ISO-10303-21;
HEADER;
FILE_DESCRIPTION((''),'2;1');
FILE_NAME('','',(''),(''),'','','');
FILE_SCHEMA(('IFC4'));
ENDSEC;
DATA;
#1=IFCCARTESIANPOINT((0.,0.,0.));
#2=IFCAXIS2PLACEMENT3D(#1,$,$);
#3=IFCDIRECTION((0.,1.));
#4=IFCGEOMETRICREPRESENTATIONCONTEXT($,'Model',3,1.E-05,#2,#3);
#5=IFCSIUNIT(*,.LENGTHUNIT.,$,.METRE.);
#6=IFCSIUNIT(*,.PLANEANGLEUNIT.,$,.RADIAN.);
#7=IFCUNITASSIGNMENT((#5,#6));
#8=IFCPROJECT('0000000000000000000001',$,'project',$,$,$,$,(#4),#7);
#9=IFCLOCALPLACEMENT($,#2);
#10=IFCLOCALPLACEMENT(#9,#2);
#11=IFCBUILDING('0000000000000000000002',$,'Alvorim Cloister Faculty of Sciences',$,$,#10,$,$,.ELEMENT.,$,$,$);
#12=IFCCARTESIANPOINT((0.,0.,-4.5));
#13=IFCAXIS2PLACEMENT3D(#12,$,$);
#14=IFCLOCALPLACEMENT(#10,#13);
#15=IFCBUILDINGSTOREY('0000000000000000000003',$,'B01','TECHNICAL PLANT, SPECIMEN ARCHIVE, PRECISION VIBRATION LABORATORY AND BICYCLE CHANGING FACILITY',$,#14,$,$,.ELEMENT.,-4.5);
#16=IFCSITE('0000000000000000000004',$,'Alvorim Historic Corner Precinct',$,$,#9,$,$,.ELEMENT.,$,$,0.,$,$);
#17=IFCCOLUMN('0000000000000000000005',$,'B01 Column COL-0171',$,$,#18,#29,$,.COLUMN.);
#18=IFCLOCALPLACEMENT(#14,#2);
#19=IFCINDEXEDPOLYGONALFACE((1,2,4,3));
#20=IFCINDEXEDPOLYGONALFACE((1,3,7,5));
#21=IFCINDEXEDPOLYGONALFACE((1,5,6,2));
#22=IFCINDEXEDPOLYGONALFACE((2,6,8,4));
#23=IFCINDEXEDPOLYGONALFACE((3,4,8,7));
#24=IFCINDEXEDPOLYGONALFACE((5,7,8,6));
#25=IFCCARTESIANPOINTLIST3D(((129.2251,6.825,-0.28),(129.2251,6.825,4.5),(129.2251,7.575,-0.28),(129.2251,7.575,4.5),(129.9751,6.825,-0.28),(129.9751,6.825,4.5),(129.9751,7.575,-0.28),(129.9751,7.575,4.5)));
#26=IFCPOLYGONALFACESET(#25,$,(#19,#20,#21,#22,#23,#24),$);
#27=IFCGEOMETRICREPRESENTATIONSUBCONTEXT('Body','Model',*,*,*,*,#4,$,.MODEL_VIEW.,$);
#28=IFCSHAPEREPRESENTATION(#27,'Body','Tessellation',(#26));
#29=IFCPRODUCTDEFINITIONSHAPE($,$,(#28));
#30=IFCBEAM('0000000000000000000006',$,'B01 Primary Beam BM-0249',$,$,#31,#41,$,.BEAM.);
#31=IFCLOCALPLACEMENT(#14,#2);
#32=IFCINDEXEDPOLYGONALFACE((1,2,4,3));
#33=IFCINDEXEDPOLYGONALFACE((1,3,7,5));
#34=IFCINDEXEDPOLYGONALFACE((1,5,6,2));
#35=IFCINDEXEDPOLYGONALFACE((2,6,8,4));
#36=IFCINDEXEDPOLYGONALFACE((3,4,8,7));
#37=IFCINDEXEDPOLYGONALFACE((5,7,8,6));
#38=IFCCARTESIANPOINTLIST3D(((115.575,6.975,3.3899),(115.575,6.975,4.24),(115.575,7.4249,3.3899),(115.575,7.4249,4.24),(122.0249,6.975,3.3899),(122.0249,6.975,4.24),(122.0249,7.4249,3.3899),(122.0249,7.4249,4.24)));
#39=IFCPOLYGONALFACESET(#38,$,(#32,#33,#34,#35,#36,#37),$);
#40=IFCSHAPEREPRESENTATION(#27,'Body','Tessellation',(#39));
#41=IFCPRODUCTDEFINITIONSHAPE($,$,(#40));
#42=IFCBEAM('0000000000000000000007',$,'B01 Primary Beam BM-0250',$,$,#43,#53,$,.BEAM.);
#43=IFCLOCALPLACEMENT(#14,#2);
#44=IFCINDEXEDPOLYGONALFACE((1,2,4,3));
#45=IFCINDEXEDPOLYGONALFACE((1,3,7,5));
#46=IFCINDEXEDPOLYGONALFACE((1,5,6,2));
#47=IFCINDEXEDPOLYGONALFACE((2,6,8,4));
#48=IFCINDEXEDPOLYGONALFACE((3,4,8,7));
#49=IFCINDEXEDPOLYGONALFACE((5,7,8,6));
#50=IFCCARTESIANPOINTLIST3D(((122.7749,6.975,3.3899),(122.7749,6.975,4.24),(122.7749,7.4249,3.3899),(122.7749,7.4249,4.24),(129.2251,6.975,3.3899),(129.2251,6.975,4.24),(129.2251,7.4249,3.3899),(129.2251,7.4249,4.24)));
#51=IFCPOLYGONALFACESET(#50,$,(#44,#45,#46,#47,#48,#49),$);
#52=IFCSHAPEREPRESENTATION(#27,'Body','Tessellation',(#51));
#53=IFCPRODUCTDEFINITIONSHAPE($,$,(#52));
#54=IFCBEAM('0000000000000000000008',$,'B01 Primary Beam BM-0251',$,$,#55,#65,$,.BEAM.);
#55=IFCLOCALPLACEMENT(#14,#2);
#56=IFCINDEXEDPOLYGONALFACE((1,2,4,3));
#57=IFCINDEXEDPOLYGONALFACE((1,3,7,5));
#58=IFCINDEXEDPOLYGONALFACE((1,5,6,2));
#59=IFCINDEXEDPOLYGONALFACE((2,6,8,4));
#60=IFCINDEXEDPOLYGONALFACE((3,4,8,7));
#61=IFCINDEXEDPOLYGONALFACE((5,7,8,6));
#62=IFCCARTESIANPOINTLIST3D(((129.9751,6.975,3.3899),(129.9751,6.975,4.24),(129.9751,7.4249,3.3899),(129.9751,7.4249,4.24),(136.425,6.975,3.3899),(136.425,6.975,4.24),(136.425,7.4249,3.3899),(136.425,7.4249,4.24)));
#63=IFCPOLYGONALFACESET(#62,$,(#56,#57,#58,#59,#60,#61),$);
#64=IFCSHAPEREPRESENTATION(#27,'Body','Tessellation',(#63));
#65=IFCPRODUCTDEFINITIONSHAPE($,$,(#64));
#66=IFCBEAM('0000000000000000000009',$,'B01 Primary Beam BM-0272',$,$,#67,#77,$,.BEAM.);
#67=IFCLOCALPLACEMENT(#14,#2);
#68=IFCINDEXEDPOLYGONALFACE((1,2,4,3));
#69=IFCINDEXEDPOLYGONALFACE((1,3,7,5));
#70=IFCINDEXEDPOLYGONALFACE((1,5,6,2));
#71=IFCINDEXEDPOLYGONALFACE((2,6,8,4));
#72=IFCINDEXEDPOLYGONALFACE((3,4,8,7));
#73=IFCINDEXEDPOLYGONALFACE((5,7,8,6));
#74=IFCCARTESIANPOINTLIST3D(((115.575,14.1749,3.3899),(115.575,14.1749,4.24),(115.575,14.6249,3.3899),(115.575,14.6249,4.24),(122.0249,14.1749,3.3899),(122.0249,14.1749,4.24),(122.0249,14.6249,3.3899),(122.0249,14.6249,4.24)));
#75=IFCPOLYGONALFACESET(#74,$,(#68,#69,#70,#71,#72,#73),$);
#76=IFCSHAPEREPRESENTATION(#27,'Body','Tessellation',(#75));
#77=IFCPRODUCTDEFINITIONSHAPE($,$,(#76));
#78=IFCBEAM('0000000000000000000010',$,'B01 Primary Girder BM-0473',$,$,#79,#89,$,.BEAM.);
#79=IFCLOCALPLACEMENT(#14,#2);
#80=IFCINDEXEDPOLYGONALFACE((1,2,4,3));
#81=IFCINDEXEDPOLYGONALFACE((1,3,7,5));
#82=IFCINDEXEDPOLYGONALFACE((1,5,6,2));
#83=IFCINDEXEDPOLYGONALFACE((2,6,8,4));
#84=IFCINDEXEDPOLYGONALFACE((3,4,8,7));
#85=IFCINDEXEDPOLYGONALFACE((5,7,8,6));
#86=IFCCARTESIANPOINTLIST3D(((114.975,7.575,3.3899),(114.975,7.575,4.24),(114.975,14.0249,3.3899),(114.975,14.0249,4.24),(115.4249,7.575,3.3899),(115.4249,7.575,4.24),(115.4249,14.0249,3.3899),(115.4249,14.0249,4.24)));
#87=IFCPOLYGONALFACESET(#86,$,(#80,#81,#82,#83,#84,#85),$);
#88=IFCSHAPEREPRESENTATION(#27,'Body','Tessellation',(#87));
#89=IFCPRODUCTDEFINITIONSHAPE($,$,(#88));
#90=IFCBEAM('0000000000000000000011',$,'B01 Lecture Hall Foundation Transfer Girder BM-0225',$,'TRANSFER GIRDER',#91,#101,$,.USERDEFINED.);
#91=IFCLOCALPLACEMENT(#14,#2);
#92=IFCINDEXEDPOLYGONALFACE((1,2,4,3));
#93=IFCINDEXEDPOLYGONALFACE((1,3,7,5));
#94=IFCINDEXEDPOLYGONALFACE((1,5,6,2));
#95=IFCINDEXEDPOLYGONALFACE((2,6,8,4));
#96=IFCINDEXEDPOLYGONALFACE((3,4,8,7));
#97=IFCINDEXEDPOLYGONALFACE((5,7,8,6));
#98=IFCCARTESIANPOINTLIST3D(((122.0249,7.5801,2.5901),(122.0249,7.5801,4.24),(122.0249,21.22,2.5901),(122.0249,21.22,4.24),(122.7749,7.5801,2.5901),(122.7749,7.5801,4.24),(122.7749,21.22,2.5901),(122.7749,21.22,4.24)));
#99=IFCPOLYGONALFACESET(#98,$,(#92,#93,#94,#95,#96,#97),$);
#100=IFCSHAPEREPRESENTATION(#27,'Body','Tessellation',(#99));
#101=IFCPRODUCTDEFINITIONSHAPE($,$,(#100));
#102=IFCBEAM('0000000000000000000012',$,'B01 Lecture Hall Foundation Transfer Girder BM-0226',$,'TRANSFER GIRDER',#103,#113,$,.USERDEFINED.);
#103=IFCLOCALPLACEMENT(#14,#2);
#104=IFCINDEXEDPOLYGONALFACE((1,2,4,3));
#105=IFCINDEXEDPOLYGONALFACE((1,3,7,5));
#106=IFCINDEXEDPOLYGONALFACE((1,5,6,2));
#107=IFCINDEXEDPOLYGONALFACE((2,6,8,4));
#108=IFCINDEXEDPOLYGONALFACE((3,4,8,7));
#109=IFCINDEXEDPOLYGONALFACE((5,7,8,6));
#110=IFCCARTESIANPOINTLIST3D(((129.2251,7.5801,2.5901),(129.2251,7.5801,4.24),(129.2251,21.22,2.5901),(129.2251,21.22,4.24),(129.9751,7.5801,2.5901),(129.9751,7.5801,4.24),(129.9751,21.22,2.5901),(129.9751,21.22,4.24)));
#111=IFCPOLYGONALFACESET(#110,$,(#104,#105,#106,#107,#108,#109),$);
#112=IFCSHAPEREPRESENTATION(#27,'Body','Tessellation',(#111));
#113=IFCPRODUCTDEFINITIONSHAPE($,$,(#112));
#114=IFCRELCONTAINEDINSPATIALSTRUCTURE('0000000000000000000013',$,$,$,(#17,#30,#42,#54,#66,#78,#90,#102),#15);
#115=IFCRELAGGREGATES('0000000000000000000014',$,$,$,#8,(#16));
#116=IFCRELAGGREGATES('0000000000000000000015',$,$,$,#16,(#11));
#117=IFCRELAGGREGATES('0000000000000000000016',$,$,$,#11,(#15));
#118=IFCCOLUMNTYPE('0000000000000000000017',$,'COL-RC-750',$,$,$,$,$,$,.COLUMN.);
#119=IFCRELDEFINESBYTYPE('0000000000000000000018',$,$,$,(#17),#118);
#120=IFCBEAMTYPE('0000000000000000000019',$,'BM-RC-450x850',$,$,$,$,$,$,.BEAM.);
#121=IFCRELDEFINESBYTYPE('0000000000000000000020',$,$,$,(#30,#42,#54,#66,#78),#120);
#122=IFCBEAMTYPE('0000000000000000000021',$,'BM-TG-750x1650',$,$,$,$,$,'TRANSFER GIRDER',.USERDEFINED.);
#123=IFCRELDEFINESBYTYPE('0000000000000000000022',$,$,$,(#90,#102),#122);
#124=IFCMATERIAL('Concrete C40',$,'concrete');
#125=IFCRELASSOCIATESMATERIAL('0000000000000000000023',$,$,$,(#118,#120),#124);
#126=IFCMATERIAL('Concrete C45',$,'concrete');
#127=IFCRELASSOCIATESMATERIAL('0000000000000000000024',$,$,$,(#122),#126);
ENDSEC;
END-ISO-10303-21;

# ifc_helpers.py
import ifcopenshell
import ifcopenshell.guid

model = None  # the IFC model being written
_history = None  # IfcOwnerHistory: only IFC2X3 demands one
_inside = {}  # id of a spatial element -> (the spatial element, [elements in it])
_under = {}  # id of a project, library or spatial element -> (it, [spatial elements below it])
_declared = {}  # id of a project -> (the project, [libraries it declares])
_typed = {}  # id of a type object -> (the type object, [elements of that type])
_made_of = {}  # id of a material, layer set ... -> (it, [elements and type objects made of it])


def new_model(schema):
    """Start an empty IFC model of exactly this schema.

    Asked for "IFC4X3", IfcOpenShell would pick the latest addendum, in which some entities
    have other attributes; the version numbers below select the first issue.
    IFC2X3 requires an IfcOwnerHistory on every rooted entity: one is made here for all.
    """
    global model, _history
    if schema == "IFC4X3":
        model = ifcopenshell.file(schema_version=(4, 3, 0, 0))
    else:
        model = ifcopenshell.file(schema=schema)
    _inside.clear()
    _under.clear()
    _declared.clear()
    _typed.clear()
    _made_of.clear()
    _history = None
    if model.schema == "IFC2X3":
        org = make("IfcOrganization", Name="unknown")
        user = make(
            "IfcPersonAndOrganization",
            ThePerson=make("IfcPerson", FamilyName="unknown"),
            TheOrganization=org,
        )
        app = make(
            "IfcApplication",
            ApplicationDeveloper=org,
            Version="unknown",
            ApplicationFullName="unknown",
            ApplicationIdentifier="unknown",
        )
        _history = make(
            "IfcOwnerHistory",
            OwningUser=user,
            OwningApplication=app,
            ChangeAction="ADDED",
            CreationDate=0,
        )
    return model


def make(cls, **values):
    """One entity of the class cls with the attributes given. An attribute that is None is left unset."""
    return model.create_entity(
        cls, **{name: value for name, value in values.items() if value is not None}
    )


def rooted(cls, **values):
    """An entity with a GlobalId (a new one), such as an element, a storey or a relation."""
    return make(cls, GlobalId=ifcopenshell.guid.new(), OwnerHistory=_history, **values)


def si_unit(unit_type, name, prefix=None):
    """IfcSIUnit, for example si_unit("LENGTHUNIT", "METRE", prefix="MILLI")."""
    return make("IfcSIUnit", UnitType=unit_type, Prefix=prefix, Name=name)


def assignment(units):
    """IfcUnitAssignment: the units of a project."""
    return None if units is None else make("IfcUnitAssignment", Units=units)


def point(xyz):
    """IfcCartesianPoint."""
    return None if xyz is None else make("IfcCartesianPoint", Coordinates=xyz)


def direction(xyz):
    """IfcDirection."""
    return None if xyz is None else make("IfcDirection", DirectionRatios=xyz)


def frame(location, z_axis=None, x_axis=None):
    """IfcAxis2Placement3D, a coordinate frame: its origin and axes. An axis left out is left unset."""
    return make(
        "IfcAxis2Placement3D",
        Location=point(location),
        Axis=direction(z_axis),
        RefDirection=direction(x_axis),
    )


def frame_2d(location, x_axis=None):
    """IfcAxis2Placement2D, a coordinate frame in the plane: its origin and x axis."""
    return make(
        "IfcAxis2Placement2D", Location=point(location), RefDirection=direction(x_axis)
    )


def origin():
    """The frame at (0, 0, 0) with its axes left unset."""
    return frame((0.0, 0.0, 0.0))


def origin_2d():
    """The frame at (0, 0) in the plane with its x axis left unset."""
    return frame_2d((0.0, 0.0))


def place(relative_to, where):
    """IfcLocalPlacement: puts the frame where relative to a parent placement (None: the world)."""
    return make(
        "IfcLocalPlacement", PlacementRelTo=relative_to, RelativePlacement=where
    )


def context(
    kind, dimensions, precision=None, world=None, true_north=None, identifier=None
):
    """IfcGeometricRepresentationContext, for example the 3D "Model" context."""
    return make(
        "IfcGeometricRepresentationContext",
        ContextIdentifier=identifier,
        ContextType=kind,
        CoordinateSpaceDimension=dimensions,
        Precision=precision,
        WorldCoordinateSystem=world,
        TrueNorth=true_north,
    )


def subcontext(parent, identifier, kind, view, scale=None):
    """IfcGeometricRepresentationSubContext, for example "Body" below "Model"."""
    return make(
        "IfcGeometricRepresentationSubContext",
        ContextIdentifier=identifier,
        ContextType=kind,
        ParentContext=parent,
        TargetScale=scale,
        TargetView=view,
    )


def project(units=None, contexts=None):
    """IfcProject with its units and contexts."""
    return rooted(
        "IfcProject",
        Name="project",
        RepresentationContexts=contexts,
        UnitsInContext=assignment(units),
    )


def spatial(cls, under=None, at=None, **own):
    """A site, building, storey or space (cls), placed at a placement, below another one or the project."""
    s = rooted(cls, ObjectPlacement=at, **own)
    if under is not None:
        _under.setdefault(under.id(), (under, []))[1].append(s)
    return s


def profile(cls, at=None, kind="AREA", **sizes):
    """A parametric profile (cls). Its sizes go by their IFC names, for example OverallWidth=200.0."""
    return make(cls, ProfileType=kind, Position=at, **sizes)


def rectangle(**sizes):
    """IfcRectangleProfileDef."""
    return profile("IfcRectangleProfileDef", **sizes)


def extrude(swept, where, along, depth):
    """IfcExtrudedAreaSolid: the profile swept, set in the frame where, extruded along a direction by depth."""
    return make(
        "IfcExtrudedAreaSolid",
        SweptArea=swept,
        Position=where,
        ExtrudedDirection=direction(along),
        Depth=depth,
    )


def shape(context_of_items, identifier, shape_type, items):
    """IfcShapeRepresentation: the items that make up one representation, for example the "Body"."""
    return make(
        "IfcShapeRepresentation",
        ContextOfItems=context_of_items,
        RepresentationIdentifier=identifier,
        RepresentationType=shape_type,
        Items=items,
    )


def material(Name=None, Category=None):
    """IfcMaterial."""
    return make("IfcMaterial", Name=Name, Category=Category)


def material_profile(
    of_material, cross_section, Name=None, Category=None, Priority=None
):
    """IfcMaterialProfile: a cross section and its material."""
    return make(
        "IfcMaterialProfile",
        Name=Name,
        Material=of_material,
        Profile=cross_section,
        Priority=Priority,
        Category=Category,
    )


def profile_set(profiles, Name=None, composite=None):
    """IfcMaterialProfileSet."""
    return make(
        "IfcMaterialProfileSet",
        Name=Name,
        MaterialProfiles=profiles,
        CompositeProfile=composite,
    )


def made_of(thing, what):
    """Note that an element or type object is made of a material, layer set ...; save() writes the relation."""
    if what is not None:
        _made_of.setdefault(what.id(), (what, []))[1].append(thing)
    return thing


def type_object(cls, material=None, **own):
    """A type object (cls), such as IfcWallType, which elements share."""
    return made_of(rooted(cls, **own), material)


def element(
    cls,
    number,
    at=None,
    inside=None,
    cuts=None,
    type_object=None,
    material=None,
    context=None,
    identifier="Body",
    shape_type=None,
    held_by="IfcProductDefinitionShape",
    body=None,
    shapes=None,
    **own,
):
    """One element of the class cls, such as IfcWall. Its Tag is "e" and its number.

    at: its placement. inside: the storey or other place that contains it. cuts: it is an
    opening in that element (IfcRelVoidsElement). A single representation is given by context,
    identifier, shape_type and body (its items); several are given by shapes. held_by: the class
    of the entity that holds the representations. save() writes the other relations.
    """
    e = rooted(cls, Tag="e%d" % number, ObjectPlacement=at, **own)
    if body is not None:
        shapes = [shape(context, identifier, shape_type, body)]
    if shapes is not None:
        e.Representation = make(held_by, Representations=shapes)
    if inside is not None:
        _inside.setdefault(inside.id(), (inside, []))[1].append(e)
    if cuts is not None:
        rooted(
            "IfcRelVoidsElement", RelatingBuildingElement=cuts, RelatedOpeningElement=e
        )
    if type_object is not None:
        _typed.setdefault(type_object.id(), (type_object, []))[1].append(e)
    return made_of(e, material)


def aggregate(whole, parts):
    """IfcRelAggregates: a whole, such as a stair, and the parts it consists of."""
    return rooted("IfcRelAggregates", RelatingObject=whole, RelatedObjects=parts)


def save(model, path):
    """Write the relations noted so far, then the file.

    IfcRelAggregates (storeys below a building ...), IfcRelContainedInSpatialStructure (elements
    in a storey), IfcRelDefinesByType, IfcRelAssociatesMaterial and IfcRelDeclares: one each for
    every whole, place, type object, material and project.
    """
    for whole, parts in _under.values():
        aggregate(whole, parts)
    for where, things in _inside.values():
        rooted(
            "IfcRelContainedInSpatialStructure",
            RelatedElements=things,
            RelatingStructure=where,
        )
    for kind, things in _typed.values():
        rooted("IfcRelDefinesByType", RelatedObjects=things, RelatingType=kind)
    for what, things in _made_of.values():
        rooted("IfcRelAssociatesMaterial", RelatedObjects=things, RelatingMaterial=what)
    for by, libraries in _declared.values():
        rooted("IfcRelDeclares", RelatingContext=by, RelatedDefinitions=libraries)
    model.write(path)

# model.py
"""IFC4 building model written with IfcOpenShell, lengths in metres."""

from ifc_helpers import new_model, si_unit, direction, frame, origin, origin_2d, place, context, subcontext, project, spatial, rectangle, extrude, material, material_profile, profile_set, type_object, element, save


model = new_model("IFC4")

# Units and contexts
model_context = context("Model", 3, precision=1e-05, world=origin(), true_north=direction((0.0, 1.0)))
body_context = subcontext(model_context, "Body", "Model", "MODEL_VIEW")
ifc_project = project(units=[si_unit("LENGTHUNIT", "METRE"), si_unit("PLANEANGLEUNIT", "RADIAN")], contexts=[model_context])

# Site, building, storey
site_placement = place(None, origin())
site = spatial("IfcSite", under=ifc_project, at=site_placement, Name="Alvorim Historic Corner Precinct", CompositionType="ELEMENT", RefElevation=0.0)
building_placement = place(site_placement, origin())
building = spatial("IfcBuilding", under=site, at=building_placement, Name="Alvorim Cloister Faculty of Sciences", CompositionType="ELEMENT")
storey_placement = place(building_placement, frame((0.0, 0.0, -4.5)))
storey = spatial("IfcBuildingStorey", under=building, at=storey_placement, Name="B01", Description="TECHNICAL PLANT, SPECIMEN ARCHIVE, PRECISION VIBRATION LABORATORY AND BICYCLE CHANGING FACILITY", CompositionType="ELEMENT", Elevation=-4.5)

# Shared definitions
ifc_material_1 = material(Name="Concrete C40", Category="concrete")

# Column
ifc_material_profile_1 = material_profile(ifc_material_1, rectangle(XDim=0.75, YDim=0.75, at=origin_2d()), Name="RC40-COL-750x750")
ifc_profile_set_1 = profile_set([ifc_material_profile_1], Name="Concrete C40")
column_type = type_object("IfcColumnType", Name="COL-RC-750", PredefinedType="COLUMN", material=ifc_profile_set_1)
for number, where, z_axis, x_axis, name in (
    (1, (129.6001, 7.2, -0.28), (0.0, 0.0, 1.0), (1.0, 0.0, 0.0), "B01 Column COL-0171"),
):
    element("IfcColumn", number, at=place(storey_placement, frame(where, z_axis=z_axis, x_axis=x_axis)), inside=storey, type_object=column_type, Name=name, PredefinedType="COLUMN", context=body_context, shape_type="SweptSolid", body=[
        extrude(rectangle(XDim=0.75, YDim=0.75, at=origin_2d()), origin(), (0.0, 0.0, 1.0), 4.78),
    ])

# Beams
ifc_material_profile_2 = material_profile(ifc_material_1, rectangle(XDim=0.45, YDim=0.8501, at=origin_2d()), Name="RC40-BM-450x850")
ifc_profile_set_2 = profile_set([ifc_material_profile_2], Name="Concrete C40")
beam_type_1 = type_object("IfcBeamType", Name="BM-RC-450x850", PredefinedType="BEAM", material=ifc_profile_set_2)
beam_1_placement = place(storey_placement, frame((115.575, 7.2, 3.8149), z_axis=(1.0, 0.0, 0.0), x_axis=(0.0, 1.0, 0.0)))
element("IfcBeam", 2, at=beam_1_placement, inside=storey, type_object=beam_type_1, Name="B01 Primary Beam BM-0249", PredefinedType="BEAM", context=body_context, shape_type="SweptSolid", body=[
    extrude(rectangle(XDim=0.45, YDim=0.8501, at=origin_2d()), origin(), (0.0, 0.0, 1.0), 6.45),
])
beam_2_placement = place(storey_placement, frame((122.7749, 7.2, 3.8149), z_axis=(1.0, 0.0, 0.0), x_axis=(0.0, 1.0, 0.0)))
element("IfcBeam", 3, at=beam_2_placement, inside=storey, type_object=beam_type_1, Name="B01 Primary Beam BM-0250", PredefinedType="BEAM", context=body_context, shape_type="SweptSolid", body=[
    extrude(rectangle(XDim=0.45, YDim=0.8501, at=origin_2d()), origin(), (0.0, 0.0, 1.0), 6.4502),
])
for number, where, z_axis, x_axis, name in (
    (4, (129.9751, 7.2, 3.8149), (1.0, 0.0, 0.0), (0.0, 1.0, 0.0), "B01 Primary Beam BM-0251"),
    (5, (115.575, 14.3999, 3.8149), (1.0, 0.0, 0.0), (0.0, 1.0, 0.0), "B01 Primary Beam BM-0272"),
    (6, (115.2, 7.575, 3.8149), (0.0, 1.0, 0.0), (-1.0, 0.0, 0.0), "B01 Primary Girder BM-0473"),
):
    element("IfcBeam", number, at=place(storey_placement, frame(where, z_axis=z_axis, x_axis=x_axis)), inside=storey, type_object=beam_type_1, Name=name, PredefinedType="BEAM", context=body_context, shape_type="SweptSolid", body=[
        extrude(rectangle(XDim=0.45, YDim=0.8501, at=origin_2d()), origin(), (0.0, 0.0, 1.0), 6.45),
    ])
ifc_material_2 = material(Name="Concrete C45", Category="concrete")
ifc_material_profile_3 = material_profile(ifc_material_2, rectangle(XDim=0.75, YDim=1.6499, at=origin_2d()), Name="RC45-TG-750x1650")
ifc_profile_set_3 = profile_set([ifc_material_profile_3], Name="Concrete C45")
beam_type_2 = type_object("IfcBeamType", Name="BM-TG-750x1650", ElementType="TRANSFER GIRDER", PredefinedType="USERDEFINED", material=ifc_profile_set_3)
for number, where, z_axis, x_axis, name in (
    (7, (122.3999, 7.5801, 3.415), (0.0, 1.0, 0.0), (-1.0, 0.0, 0.0), "B01 Lecture Hall Foundation Transfer Girder BM-0225"),
    (8, (129.6001, 7.5801, 3.415), (0.0, 1.0, 0.0), (-1.0, 0.0, 0.0), "B01 Lecture Hall Foundation Transfer Girder BM-0226"),
):
    element("IfcBeam", number, at=place(storey_placement, frame(where, z_axis=z_axis, x_axis=x_axis)), inside=storey, type_object=beam_type_2, Name=name, ObjectType="TRANSFER GIRDER", PredefinedType="USERDEFINED", context=body_context, shape_type="SweptSolid", body=[
        extrude(rectangle(XDim=0.75, YDim=1.6499, at=origin_2d()), origin(), (0.0, 0.0, 1.0), 13.6399),
    ])

save(model, "model.ifc")
